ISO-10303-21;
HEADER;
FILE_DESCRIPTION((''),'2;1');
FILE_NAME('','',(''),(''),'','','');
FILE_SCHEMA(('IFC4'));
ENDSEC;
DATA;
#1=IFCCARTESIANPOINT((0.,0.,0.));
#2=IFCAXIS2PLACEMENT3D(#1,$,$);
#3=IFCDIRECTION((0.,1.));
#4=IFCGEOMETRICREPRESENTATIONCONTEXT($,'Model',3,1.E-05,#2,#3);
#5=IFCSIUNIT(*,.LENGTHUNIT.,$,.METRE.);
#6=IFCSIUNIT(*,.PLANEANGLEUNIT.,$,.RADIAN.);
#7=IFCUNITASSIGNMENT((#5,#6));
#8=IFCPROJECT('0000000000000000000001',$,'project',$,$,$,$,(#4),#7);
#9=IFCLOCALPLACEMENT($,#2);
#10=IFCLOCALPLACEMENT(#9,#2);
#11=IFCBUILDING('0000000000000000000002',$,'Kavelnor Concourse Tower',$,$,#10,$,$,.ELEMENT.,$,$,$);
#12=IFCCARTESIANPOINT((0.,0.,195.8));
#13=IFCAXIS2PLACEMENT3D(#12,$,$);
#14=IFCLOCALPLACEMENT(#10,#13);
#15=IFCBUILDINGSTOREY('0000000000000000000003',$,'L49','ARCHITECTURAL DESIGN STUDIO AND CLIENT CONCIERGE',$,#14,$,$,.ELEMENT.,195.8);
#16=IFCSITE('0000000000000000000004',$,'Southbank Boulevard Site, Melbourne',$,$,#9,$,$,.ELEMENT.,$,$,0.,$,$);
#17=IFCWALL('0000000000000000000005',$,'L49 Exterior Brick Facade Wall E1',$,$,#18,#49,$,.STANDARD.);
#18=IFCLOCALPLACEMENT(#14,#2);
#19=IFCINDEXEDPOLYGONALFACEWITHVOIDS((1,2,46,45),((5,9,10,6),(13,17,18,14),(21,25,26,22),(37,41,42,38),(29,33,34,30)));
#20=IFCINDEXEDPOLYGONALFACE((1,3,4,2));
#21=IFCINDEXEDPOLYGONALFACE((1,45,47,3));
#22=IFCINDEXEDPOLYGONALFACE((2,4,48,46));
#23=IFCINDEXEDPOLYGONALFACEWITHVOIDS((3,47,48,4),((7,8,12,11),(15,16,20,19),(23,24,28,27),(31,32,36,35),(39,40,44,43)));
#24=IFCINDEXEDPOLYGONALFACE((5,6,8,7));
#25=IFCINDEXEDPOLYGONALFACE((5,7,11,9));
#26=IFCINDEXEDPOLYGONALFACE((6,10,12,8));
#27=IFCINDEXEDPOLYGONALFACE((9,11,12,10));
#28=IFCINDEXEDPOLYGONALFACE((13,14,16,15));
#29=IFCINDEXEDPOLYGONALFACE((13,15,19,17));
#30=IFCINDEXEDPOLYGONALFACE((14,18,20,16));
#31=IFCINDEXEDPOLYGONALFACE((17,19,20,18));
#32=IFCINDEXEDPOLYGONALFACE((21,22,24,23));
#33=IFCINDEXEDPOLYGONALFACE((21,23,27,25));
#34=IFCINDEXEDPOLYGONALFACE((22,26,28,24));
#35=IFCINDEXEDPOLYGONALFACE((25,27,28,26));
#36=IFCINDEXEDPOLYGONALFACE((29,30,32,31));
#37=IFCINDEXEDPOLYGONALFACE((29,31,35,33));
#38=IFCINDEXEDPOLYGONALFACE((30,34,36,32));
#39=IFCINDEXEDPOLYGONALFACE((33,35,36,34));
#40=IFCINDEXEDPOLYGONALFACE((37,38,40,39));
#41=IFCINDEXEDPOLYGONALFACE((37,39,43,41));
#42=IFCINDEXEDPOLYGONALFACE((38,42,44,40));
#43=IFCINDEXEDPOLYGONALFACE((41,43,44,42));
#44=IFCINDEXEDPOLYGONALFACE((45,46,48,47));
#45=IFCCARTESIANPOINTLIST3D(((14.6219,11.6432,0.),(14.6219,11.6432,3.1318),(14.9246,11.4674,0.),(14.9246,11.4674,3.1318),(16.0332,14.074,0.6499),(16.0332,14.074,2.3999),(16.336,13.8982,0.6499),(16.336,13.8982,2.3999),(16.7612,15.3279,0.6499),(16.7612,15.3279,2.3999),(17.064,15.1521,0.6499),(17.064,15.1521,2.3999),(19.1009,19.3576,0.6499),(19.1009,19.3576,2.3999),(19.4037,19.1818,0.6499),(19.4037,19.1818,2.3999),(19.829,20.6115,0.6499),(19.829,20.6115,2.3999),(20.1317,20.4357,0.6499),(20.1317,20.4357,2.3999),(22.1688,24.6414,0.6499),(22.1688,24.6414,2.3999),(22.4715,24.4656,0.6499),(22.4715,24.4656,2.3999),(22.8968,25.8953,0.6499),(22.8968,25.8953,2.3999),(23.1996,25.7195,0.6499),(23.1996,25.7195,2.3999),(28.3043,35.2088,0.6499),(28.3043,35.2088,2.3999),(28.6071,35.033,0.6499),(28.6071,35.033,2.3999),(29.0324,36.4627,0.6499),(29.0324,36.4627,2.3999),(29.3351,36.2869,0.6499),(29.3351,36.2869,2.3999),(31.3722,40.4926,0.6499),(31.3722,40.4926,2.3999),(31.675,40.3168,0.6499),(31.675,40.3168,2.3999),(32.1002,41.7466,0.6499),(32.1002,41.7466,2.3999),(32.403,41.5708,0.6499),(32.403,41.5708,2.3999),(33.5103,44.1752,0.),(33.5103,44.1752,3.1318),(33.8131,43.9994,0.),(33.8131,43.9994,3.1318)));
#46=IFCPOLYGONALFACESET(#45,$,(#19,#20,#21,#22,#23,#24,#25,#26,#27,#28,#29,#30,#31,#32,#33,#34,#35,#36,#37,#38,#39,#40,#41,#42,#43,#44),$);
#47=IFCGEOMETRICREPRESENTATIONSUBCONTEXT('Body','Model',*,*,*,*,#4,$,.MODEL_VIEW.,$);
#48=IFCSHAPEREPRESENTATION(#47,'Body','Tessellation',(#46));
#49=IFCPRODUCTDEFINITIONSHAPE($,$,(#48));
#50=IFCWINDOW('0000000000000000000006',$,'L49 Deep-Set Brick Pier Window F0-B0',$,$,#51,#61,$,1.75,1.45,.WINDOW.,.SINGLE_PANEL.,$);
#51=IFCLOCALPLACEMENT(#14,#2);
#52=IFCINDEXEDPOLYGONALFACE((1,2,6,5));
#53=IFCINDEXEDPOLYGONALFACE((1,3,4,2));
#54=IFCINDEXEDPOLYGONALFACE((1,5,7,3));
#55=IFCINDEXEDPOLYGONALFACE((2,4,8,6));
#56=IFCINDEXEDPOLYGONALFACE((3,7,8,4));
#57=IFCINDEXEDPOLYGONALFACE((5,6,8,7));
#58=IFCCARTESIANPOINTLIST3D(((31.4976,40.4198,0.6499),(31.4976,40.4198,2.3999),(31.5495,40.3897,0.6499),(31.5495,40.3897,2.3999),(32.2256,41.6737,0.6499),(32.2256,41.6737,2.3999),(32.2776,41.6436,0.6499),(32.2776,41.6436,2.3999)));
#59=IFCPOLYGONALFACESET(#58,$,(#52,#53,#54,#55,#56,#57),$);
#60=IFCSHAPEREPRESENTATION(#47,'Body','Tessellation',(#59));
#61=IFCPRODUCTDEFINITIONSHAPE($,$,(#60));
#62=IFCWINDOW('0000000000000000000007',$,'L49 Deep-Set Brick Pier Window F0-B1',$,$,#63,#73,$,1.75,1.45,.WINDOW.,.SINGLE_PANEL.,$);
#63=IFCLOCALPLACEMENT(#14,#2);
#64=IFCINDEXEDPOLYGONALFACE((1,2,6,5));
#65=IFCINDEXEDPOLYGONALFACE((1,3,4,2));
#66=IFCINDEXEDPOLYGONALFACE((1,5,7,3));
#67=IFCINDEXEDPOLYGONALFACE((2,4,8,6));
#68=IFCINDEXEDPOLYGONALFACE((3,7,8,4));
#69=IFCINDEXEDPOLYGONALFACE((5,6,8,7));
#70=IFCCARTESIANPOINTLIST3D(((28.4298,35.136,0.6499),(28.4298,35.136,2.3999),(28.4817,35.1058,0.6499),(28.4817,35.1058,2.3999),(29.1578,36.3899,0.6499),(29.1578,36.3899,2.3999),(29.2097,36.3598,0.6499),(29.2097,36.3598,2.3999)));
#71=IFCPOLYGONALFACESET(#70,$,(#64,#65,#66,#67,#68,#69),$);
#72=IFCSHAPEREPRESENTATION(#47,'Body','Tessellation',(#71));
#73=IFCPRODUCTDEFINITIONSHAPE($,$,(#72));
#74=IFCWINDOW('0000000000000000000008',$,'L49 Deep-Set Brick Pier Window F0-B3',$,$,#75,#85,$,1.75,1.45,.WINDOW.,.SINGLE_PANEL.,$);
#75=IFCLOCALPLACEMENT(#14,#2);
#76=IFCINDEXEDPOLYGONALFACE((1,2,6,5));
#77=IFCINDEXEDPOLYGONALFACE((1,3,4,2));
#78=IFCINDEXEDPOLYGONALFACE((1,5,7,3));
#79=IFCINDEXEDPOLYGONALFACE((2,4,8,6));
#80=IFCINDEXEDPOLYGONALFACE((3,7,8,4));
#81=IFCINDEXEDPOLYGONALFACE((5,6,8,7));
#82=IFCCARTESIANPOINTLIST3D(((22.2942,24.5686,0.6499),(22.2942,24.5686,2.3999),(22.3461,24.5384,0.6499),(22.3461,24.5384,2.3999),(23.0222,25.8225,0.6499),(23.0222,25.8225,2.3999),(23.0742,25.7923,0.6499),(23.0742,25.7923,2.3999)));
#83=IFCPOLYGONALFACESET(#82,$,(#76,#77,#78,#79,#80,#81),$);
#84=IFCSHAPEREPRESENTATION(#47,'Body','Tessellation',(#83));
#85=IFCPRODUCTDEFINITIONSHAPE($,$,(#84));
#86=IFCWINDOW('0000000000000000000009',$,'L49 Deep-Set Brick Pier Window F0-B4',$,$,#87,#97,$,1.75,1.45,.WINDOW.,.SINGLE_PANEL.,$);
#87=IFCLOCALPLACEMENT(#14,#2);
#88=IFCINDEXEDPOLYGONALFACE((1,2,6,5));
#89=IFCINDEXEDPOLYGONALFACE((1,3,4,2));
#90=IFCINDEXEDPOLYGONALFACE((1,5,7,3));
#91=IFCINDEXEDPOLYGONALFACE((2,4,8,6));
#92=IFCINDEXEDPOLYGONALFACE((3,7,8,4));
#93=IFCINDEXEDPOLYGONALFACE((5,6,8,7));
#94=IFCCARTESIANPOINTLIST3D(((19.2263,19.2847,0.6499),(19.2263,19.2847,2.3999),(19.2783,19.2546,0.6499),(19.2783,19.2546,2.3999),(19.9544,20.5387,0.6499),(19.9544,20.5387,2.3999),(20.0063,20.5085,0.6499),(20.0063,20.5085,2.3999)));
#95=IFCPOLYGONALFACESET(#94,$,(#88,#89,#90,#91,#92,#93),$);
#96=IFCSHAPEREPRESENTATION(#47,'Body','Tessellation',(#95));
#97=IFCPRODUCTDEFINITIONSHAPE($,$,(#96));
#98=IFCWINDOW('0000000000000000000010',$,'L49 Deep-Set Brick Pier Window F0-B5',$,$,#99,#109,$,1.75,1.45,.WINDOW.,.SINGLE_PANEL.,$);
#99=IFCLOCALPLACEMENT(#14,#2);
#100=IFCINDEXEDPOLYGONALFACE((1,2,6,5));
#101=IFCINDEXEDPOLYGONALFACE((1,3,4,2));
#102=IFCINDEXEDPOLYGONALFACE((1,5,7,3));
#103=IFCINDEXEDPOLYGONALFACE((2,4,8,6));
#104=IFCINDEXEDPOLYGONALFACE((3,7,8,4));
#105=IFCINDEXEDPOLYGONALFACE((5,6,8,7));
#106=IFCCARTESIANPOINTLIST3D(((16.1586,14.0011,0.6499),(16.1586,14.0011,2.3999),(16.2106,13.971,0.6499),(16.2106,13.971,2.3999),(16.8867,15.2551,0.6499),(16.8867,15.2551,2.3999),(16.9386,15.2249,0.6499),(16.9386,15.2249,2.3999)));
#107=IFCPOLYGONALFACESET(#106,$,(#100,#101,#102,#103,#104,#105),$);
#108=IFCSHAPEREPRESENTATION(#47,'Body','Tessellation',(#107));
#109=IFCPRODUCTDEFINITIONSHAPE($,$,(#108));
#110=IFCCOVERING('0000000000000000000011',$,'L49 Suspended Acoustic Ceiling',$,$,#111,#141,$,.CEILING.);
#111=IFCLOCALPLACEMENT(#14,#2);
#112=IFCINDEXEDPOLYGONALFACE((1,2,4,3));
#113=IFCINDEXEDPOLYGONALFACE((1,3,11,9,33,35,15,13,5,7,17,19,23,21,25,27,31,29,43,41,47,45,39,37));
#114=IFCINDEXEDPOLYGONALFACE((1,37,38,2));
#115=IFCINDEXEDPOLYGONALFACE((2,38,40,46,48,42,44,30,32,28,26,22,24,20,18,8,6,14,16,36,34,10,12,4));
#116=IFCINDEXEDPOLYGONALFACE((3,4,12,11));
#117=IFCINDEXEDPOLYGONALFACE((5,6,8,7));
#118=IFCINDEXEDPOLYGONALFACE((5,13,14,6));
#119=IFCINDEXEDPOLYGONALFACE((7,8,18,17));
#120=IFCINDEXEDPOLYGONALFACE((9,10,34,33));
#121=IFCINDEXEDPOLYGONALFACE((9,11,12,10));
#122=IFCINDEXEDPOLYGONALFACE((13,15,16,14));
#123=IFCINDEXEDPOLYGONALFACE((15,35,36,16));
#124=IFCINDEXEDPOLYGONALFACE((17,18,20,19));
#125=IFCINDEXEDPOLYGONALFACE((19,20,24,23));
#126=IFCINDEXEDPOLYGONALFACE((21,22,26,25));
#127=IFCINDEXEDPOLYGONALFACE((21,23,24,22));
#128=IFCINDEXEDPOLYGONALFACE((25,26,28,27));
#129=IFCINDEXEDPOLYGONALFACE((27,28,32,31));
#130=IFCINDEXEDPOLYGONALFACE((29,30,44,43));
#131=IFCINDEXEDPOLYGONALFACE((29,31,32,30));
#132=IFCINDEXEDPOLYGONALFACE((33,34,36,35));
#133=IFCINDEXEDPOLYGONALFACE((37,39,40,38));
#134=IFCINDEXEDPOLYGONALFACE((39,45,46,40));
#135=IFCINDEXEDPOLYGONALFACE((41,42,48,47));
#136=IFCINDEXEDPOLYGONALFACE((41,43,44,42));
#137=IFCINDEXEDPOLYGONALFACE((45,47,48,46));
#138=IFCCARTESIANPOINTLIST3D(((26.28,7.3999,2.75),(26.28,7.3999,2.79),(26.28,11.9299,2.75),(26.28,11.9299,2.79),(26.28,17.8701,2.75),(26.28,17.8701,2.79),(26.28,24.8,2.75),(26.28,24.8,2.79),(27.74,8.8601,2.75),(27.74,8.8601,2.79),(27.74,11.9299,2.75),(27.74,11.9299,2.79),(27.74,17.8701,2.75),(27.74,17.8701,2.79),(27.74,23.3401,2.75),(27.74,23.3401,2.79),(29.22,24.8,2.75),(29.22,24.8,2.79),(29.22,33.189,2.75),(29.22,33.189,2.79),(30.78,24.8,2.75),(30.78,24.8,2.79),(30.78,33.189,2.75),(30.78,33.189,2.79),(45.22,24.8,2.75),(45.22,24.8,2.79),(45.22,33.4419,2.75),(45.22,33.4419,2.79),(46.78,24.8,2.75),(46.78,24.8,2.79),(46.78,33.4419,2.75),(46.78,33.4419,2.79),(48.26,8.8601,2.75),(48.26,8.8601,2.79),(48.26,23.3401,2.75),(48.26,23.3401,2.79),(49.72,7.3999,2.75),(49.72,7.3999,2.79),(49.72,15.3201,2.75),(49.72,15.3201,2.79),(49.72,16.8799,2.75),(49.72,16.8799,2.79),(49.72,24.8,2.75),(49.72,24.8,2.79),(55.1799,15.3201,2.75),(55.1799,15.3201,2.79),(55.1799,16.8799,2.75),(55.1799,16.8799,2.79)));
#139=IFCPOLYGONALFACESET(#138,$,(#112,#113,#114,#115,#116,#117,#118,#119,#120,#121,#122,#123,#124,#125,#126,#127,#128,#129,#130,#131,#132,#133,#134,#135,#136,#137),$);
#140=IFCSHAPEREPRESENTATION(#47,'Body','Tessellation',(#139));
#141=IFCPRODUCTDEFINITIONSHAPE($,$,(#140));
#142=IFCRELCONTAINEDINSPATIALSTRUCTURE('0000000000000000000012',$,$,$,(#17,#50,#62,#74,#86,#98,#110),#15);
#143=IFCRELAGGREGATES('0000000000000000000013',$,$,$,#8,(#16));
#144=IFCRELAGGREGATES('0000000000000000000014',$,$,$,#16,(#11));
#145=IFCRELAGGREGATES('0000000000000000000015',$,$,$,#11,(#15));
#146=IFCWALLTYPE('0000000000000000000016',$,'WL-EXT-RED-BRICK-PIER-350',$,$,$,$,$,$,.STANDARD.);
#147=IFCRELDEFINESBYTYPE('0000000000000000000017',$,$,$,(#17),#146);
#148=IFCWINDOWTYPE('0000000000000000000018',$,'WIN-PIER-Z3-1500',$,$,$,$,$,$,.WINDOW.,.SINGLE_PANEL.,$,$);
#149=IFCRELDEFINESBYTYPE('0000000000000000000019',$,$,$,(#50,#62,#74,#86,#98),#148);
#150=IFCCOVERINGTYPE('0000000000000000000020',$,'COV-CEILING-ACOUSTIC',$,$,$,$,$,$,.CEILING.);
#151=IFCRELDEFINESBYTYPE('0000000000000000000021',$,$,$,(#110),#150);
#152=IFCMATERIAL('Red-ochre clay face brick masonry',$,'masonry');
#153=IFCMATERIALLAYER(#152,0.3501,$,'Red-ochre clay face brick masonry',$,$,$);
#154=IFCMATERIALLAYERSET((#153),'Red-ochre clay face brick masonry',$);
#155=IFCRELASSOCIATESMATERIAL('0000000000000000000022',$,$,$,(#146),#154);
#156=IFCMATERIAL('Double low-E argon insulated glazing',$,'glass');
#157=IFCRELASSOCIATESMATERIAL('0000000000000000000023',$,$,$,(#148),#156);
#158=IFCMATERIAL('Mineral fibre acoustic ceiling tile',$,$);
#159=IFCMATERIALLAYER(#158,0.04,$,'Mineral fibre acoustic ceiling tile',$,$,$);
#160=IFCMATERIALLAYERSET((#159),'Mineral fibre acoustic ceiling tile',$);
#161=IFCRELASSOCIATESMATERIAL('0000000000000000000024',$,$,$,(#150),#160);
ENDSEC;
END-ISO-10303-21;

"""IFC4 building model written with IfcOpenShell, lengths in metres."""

from ifc_helpers import new_model, si_unit, direction, frame, frame_2d, origin, place, context, subcontext, project, spatial, polyline, rectangle, outline, extrude, material, layer, layer_set, type_object, element, fill, save


model = new_model("IFC4")

# Units and contexts
model_context = context("Model", 3, precision=1e-05, world=origin(), true_north=direction((0.0, 1.0)))
body_context = subcontext(model_context, "Body", "Model", "MODEL_VIEW")
ifc_project = project(units=[si_unit("LENGTHUNIT", "METRE"), si_unit("PLANEANGLEUNIT", "RADIAN")], contexts=[model_context])

# Site, building, storey
site_placement = place(None, origin())
site = spatial("IfcSite", under=ifc_project, at=site_placement, Name="Southbank Boulevard Site, Melbourne", CompositionType="ELEMENT", RefElevation=0.0)
building_placement = place(site_placement, origin())
building = spatial("IfcBuilding", under=site, at=building_placement, Name="Kavelnor Concourse Tower", CompositionType="ELEMENT")
storey_placement = place(building_placement, frame((0.0, 0.0, 195.8)))
storey = spatial("IfcBuildingStorey", under=building, at=storey_placement, Name="L49", Description="ARCHITECTURAL DESIGN STUDIO AND CLIENT CONCIERGE", CompositionType="ELEMENT", Elevation=195.8)

# Shared definitions
ifc_material_1 = material(Name="Double low-E argon insulated glazing", Category="glass")

# Wall, openings, windows
ifc_material_2 = material(Name="Red-ochre clay face brick masonry", Category="masonry")
ifc_layer_1 = layer(ifc_material_2, 0.3501, Name="Red-ochre clay face brick masonry")
ifc_layer_set_1 = layer_set([ifc_layer_1], Name="Red-ochre clay face brick masonry")
wall_type_1 = type_object("IfcWallType", Name="WL-EXT-RED-BRICK-PIER-350", PredefinedType="STANDARD", material=ifc_layer_set_1)
wall_1_placement = place(storey_placement, frame((14.7732, 11.5552, 0.0), z_axis=(0.0, 0.0, 1.0), x_axis=(0.502113, 0.864802, 0.0)))
wall_1 = element("IfcWall", 1, at=wall_1_placement, inside=storey, type_object=wall_type_1, Name="L49 Exterior Brick Facade Wall E1", PredefinedType="STANDARD", context=body_context, shape_type="SweptSolid", body=[
    extrude(rectangle(XDim=37.6179, YDim=0.3501, at=frame_2d((18.8091, 0.0))), origin(), (0.0, 0.0, 1.0), 3.1318),
])
opening_1_placement = place(wall_1_placement, frame((33.3596, 0.0, 0.6499)))
opening_1 = element("IfcOpeningElement", 2, at=opening_1_placement, cuts=wall_1, PredefinedType="OPENING", context=body_context, shape_type="SweptSolid", body=[
    extrude(rectangle(XDim=1.45, YDim=1.75, at=frame_2d((0.7251, 0.875))), frame((0.0, 0.1851, 0.0), z_axis=(0.0, -1.0, 0.0), x_axis=(1.0, 0.0, 0.0)), (0.0, 0.0, 1.0), 0.3701),
])
opening_2_placement = place(wall_1_placement, frame((27.2498, 0.0, 0.6499)))
opening_2 = element("IfcOpeningElement", 3, at=opening_2_placement, cuts=wall_1, PredefinedType="OPENING", context=body_context, shape_type="SweptSolid", body=[
    extrude(rectangle(XDim=1.45, YDim=1.75, at=frame_2d((0.7251, 0.875))), frame((0.0, 0.1851, 0.0), z_axis=(0.0, -1.0, 0.0), x_axis=(1.0, 0.0, 0.0)), (0.0, 0.0, 1.0), 0.3701),
])
opening_3_placement = place(wall_1_placement, frame((15.0303, 0.0, 0.6499)))
opening_3 = element("IfcOpeningElement", 4, at=opening_3_placement, cuts=wall_1, PredefinedType="OPENING", context=body_context, shape_type="SweptSolid", body=[
    extrude(rectangle(XDim=1.45, YDim=1.75, at=frame_2d((0.7251, 0.875))), frame((0.0, 0.1851, 0.0), z_axis=(0.0, -1.0, 0.0), x_axis=(1.0, 0.0, 0.0)), (0.0, 0.0, 1.0), 0.3701),
])
opening_4_placement = place(wall_1_placement, frame((8.9204, 0.0, 0.6499)))
opening_4 = element("IfcOpeningElement", 5, at=opening_4_placement, cuts=wall_1, PredefinedType="OPENING", context=body_context, shape_type="SweptSolid", body=[
    extrude(rectangle(XDim=1.45, YDim=1.75, at=frame_2d((0.7251, 0.875))), frame((0.0, 0.1851, 0.0), z_axis=(0.0, -1.0, 0.0), x_axis=(1.0, 0.0, 0.0)), (0.0, 0.0, 1.0), 0.3701),
])
opening_5_placement = place(wall_1_placement, frame((2.8108, 0.0, 0.6499)))
opening_5 = element("IfcOpeningElement", 6, at=opening_5_placement, cuts=wall_1, PredefinedType="OPENING", context=body_context, shape_type="SweptSolid", body=[
    extrude(rectangle(XDim=1.45, YDim=1.75, at=frame_2d((0.7251, 0.875))), frame((0.0, 0.1851, 0.0), z_axis=(0.0, -1.0, 0.0), x_axis=(1.0, 0.0, 0.0)), (0.0, 0.0, 1.0), 0.3701),
])
window_type_1 = type_object("IfcWindowType", Name="WIN-PIER-Z3-1500", PartitioningType="SINGLE_PANEL", PredefinedType="WINDOW", material=ifc_material_1)
window_1_placement = place(opening_1_placement, origin())
window_1 = element("IfcWindow", 7, at=window_1_placement, inside=storey, type_object=window_type_1, Name="L49 Deep-Set Brick Pier Window F0-B0", OverallHeight=1.75, OverallWidth=1.45, PartitioningType="SINGLE_PANEL", PredefinedType="WINDOW", context=body_context, shape_type="SweptSolid", body=[
    extrude(rectangle(XDim=1.45, YDim=1.75, at=frame_2d((0.7251, 0.875))), frame((0.0, 0.03, 0.0), z_axis=(0.0, -1.0, 0.0), x_axis=(1.0, 0.0, 0.0)), (0.0, 0.0, 1.0), 0.0601),
])
fill(opening_1, window_1)
window_2_placement = place(opening_2_placement, origin())
window_2 = element("IfcWindow", 8, at=window_2_placement, inside=storey, type_object=window_type_1, Name="L49 Deep-Set Brick Pier Window F0-B1", OverallHeight=1.75, OverallWidth=1.45, PartitioningType="SINGLE_PANEL", PredefinedType="WINDOW", context=body_context, shape_type="SweptSolid", body=[
    extrude(rectangle(XDim=1.45, YDim=1.75, at=frame_2d((0.7251, 0.875))), frame((0.0, 0.03, 0.0), z_axis=(0.0, -1.0, 0.0), x_axis=(1.0, 0.0, 0.0)), (0.0, 0.0, 1.0), 0.0601),
])
fill(opening_2, window_2)
window_3_placement = place(opening_3_placement, origin())
window_3 = element("IfcWindow", 9, at=window_3_placement, inside=storey, type_object=window_type_1, Name="L49 Deep-Set Brick Pier Window F0-B3", OverallHeight=1.75, OverallWidth=1.45, PartitioningType="SINGLE_PANEL", PredefinedType="WINDOW", context=body_context, shape_type="SweptSolid", body=[
    extrude(rectangle(XDim=1.45, YDim=1.75, at=frame_2d((0.7251, 0.875))), frame((0.0, 0.03, 0.0), z_axis=(0.0, -1.0, 0.0), x_axis=(1.0, 0.0, 0.0)), (0.0, 0.0, 1.0), 0.0601),
])
fill(opening_3, window_3)
window_4_placement = place(opening_4_placement, origin())
window_4 = element("IfcWindow", 10, at=window_4_placement, inside=storey, type_object=window_type_1, Name="L49 Deep-Set Brick Pier Window F0-B4", OverallHeight=1.75, OverallWidth=1.45, PartitioningType="SINGLE_PANEL", PredefinedType="WINDOW", context=body_context, shape_type="SweptSolid", body=[
    extrude(rectangle(XDim=1.45, YDim=1.75, at=frame_2d((0.7251, 0.875))), frame((0.0, 0.03, 0.0), z_axis=(0.0, -1.0, 0.0), x_axis=(1.0, 0.0, 0.0)), (0.0, 0.0, 1.0), 0.0601),
])
fill(opening_4, window_4)
window_5_placement = place(opening_5_placement, origin())
window_5 = element("IfcWindow", 11, at=window_5_placement, inside=storey, type_object=window_type_1, Name="L49 Deep-Set Brick Pier Window F0-B5", OverallHeight=1.75, OverallWidth=1.45, PartitioningType="SINGLE_PANEL", PredefinedType="WINDOW", context=body_context, shape_type="SweptSolid", body=[
    extrude(rectangle(XDim=1.45, YDim=1.75, at=frame_2d((0.7251, 0.875))), frame((0.0, 0.03, 0.0), z_axis=(0.0, -1.0, 0.0), x_axis=(1.0, 0.0, 0.0)), (0.0, 0.0, 1.0), 0.0601),
])
fill(opening_5, window_5)

# Covering
ifc_material_3 = material(Name="Mineral fibre acoustic ceiling tile")
ifc_layer_2 = layer(ifc_material_3, 0.04, Name="Mineral fibre acoustic ceiling tile")
ifc_layer_set_2 = layer_set([ifc_layer_2], Name="Mineral fibre acoustic ceiling tile")
covering_type = type_object("IfcCoveringType", Name="COV-CEILING-ACOUSTIC", PredefinedType="CEILING", material=ifc_layer_set_2)
covering_placement = place(storey_placement, frame((0.0, 0.0, 2.75)))
element("IfcCovering", 12, at=covering_placement, inside=storey, type_object=covering_type, Name="L49 Suspended Acoustic Ceiling", PredefinedType="CEILING", context=body_context, shape_type="SweptSolid", body=[
    extrude(outline(polyline([(29.22, 24.8), (29.22, 33.189), (30.78, 33.189), (30.78, 24.8), (45.22, 24.8), (45.22, 33.4419), (46.78, 33.4419), (46.78, 24.8), (49.72, 24.8), (49.72, 16.8799), (55.1799, 16.8799), (55.1799, 15.3201), (49.72, 15.3201), (49.72, 7.3999), (26.28, 7.3999), (26.28, 11.9299), (27.74, 11.9299), (27.74, 8.8601), (48.26, 8.8601), (48.26, 23.3401), (27.74, 23.3401), (27.74, 17.8701), (26.28, 17.8701), (26.28, 24.8), (29.22, 24.8)])), origin(), (0.0, 0.0, 1.0), 0.04),
])

save(model, "model.ifc")
